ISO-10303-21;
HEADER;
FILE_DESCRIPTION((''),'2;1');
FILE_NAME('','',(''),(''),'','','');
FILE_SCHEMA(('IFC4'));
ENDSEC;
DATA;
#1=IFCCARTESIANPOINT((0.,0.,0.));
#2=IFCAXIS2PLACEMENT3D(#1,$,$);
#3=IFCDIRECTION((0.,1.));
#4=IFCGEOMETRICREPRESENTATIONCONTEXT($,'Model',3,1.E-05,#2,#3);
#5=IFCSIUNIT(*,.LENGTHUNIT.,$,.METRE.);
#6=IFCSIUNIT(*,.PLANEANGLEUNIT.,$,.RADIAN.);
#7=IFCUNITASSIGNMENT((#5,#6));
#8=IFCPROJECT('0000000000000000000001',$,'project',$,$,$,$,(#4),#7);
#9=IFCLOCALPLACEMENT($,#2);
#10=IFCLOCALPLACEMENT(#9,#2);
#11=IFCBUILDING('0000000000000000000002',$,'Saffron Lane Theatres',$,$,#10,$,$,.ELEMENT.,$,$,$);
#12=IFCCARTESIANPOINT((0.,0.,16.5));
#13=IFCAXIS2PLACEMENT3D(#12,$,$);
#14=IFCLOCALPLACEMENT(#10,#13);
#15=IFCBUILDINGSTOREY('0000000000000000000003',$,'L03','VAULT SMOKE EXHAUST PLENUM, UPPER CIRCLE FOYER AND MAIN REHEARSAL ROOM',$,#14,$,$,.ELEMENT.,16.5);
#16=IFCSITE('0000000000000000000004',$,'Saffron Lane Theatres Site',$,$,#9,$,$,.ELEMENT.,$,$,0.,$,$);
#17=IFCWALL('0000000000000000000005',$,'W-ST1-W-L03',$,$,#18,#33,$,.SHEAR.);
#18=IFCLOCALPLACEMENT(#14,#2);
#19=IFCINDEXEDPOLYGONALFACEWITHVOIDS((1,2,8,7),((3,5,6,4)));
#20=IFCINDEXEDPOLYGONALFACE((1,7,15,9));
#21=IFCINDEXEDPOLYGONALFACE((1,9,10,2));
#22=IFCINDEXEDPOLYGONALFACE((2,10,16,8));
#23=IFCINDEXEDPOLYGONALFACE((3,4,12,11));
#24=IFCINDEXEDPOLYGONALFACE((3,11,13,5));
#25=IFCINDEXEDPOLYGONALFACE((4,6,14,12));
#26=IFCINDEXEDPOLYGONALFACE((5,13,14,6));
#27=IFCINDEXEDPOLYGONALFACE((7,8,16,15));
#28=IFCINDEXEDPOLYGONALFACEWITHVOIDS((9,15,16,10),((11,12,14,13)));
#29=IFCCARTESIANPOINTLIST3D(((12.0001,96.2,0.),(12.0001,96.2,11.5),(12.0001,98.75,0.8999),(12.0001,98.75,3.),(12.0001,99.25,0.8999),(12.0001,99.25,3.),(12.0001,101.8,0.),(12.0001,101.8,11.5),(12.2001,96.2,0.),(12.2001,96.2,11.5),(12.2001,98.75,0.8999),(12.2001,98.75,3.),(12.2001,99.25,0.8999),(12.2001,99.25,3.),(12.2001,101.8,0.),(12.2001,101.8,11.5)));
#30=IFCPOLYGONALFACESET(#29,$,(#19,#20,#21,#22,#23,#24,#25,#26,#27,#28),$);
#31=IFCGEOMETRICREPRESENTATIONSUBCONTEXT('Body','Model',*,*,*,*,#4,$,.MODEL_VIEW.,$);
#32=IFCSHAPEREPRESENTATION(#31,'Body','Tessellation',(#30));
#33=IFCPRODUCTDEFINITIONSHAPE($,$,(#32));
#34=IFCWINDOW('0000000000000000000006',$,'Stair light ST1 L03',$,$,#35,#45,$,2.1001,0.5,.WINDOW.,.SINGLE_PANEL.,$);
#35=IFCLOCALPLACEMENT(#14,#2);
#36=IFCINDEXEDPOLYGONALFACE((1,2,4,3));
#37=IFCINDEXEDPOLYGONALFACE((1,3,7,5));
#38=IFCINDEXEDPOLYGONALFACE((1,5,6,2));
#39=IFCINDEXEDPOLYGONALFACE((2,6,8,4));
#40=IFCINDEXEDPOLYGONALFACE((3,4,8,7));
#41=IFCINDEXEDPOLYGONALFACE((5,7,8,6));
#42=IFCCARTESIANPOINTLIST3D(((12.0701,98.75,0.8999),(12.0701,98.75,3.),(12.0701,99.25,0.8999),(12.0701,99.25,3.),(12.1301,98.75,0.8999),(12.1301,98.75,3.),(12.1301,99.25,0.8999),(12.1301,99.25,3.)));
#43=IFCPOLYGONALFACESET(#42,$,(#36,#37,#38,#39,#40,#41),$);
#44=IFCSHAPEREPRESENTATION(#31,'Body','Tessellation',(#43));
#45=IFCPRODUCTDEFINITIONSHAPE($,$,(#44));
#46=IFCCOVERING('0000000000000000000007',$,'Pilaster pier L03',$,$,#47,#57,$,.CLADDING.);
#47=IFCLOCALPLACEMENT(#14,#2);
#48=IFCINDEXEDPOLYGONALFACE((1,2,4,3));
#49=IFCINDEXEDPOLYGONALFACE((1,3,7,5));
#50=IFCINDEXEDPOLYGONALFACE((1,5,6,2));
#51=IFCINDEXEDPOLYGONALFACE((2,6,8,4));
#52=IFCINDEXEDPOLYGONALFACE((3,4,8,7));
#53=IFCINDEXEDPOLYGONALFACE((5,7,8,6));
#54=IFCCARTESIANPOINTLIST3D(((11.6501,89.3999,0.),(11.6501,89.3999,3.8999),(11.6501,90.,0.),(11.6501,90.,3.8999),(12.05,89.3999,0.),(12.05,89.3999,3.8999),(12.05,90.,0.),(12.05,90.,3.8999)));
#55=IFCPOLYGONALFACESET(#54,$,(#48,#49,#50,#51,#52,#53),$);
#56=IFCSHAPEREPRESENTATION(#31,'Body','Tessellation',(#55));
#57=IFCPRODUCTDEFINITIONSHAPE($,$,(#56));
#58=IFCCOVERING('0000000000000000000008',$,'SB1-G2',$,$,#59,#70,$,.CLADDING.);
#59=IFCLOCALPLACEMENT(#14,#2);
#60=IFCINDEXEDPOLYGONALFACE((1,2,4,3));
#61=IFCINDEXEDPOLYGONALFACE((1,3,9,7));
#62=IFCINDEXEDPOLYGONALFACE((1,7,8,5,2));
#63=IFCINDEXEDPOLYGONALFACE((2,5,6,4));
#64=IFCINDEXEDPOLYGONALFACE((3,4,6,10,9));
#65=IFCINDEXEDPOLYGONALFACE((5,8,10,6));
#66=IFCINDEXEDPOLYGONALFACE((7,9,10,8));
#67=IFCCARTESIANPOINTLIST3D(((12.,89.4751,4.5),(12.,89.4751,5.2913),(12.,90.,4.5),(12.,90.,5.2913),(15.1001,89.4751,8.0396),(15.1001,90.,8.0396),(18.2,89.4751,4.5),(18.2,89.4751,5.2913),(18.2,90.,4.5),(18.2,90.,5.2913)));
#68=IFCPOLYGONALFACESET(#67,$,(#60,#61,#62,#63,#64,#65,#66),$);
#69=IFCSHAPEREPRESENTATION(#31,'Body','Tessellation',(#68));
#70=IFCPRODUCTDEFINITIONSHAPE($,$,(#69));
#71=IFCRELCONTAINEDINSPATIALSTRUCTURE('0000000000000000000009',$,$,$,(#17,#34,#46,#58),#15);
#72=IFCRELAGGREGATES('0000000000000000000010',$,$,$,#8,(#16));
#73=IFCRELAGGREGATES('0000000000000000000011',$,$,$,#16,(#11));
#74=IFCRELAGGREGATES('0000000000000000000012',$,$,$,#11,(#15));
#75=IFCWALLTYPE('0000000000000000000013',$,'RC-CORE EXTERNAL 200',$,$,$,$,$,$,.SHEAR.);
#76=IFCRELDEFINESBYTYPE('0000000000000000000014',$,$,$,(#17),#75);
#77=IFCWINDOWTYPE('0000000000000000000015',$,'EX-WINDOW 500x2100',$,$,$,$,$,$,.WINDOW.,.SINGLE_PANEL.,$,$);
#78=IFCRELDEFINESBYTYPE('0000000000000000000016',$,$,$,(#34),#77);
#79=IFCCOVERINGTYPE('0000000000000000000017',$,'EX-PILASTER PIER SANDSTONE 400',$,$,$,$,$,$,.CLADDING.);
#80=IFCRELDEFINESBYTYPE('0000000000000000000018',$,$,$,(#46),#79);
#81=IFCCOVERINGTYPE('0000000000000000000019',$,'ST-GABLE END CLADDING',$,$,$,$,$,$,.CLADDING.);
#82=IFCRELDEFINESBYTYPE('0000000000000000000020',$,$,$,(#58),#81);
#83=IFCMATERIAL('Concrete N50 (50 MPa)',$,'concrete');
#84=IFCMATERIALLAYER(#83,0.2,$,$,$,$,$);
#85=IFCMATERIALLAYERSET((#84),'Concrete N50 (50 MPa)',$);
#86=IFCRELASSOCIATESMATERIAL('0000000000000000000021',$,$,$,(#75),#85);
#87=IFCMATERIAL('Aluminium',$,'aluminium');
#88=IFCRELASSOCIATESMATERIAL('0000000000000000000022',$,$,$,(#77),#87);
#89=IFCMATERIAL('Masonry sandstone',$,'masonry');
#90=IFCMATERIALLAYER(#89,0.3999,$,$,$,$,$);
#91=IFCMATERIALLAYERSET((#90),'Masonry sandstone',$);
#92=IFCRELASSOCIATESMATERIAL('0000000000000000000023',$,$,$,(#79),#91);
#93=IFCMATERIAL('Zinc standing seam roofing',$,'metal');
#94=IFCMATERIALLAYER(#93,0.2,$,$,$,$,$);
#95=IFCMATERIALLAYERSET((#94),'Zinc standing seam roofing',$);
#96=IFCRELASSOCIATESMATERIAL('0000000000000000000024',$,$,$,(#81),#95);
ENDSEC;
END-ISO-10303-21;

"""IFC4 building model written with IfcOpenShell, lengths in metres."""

from ifc_helpers import new_model, si_unit, direction, frame, frame_2d, origin, origin_2d, place, context, subcontext, project, spatial, polyline, rectangle, outline, extrude, material, layer, layer_set, type_object, element, fill, save


model = new_model("IFC4")

# Units and contexts
model_context = context("Model", 3, precision=1e-05, world=origin(), true_north=direction((0.0, 1.0)))
body_context = subcontext(model_context, "Body", "Model", "MODEL_VIEW")
ifc_project = project(units=[si_unit("LENGTHUNIT", "METRE"), si_unit("PLANEANGLEUNIT", "RADIAN")], contexts=[model_context])

# Site, building, storey
site_placement = place(None, origin())
site = spatial("IfcSite", under=ifc_project, at=site_placement, Name="Saffron Lane Theatres Site", CompositionType="ELEMENT", RefElevation=0.0)
building_placement = place(site_placement, origin())
building = spatial("IfcBuilding", under=site, at=building_placement, Name="Saffron Lane Theatres", CompositionType="ELEMENT")
storey_placement = place(building_placement, frame((0.0, 0.0, 16.5)))
storey = spatial("IfcBuildingStorey", under=building, at=storey_placement, Name="L03", Description="VAULT SMOKE EXHAUST PLENUM, UPPER CIRCLE FOYER AND MAIN REHEARSAL ROOM", CompositionType="ELEMENT", Elevation=16.5)

# Wall, opening, window
ifc_material_1 = material(Name="Concrete N50 (50 MPa)", Category="concrete")
ifc_layer_1 = layer(ifc_material_1, 0.2)
ifc_layer_set_1 = layer_set([ifc_layer_1], Name="Concrete N50 (50 MPa)")
wall_type_1 = type_object("IfcWallType", Name="RC-CORE EXTERNAL 200", PredefinedType="SHEAR", material=ifc_layer_set_1)
wall_1_placement = place(storey_placement, frame((12.1001, 96.2, 0.0), z_axis=(0.0, 0.0, 1.0), x_axis=(0.0, 1.0, 0.0)))
wall_1 = element("IfcWall", 1, at=wall_1_placement, inside=storey, type_object=wall_type_1, Name="W-ST1-W-L03", PredefinedType="SHEAR", context=body_context, shape_type="SweptSolid", body=[
    extrude(rectangle(XDim=5.6001, YDim=0.2, at=frame_2d((2.8, 0.0))), origin(), (0.0, 0.0, 1.0), 11.5),
])
opening_1_placement = place(wall_1_placement, frame((2.55, 0.0, 0.8999)))
opening_1 = element("IfcOpeningElement", 2, at=opening_1_placement, cuts=wall_1, PredefinedType="OPENING", context=body_context, shape_type="SweptSolid", body=[
    extrude(rectangle(XDim=0.5, YDim=2.1001, at=frame_2d((0.25, 1.05))), frame((0.0, 0.1099, 0.0), z_axis=(0.0, -1.0, 0.0), x_axis=(1.0, 0.0, 0.0)), (0.0, 0.0, 1.0), 0.22),
])
ifc_material_2 = material(Name="Aluminium", Category="aluminium")
window_type = type_object("IfcWindowType", Name="EX-WINDOW 500x2100", PartitioningType="SINGLE_PANEL", PredefinedType="WINDOW", material=ifc_material_2)
window_placement = place(opening_1_placement, origin())
window = element("IfcWindow", 3, at=window_placement, inside=storey, type_object=window_type, Name="Stair light ST1 L03", OverallHeight=2.1001, OverallWidth=0.5, PartitioningType="SINGLE_PANEL", PredefinedType="WINDOW", context=body_context, shape_type="SweptSolid", body=[
    extrude(rectangle(XDim=0.5, YDim=2.1001, at=frame_2d((0.25, 1.05))), frame((0.0, 0.03, 0.0), z_axis=(0.0, -1.0, 0.0), x_axis=(1.0, 0.0, 0.0)), (0.0, 0.0, 1.0), 0.0601),
])
fill(opening_1, window)

# Coverings
ifc_material_3 = material(Name="Masonry sandstone", Category="masonry")
ifc_layer_2 = layer(ifc_material_3, 0.3999)
ifc_layer_set_2 = layer_set([ifc_layer_2], Name="Masonry sandstone")
covering_type_1 = type_object("IfcCoveringType", Name="EX-PILASTER PIER SANDSTONE 400", PredefinedType="CLADDING", material=ifc_layer_set_2)
covering_1_placement = place(storey_placement, frame((11.8501, 89.7, 0.0), z_axis=(0.0, 0.0, 1.0), x_axis=(0.0, 1.0, 0.0)))
element("IfcCovering", 4, at=covering_1_placement, inside=storey, type_object=covering_type_1, Name="Pilaster pier L03", PredefinedType="CLADDING", context=body_context, shape_type="SweptSolid", body=[
    extrude(rectangle(XDim=0.6001, YDim=0.3999, at=origin_2d()), origin(), (0.0, 0.0, 1.0), 3.8999),
])
ifc_material_4 = material(Name="Zinc standing seam roofing", Category="metal")
ifc_layer_3 = layer(ifc_material_4, 0.2)
ifc_layer_set_3 = layer_set([ifc_layer_3], Name="Zinc standing seam roofing")
covering_type_2 = type_object("IfcCoveringType", Name="ST-GABLE END CLADDING", PredefinedType="CLADDING", material=ifc_layer_set_3)
covering_2_placement = place(storey_placement, frame((12.0, 90.0, 5.2913), z_axis=(0.0, 1.0, 0.0), x_axis=(0.74829, 0.0, 0.663372)))
element("IfcCovering", 5, at=covering_2_placement, inside=storey, type_object=covering_type_2, Name="SB1-G2", PredefinedType="CLADDING", context=body_context, shape_type="SweptSolid", body=[
    extrude(outline(polyline([(0.0, 0.0), (4.1429, 0.0), (4.6394, 4.1129), (4.1145, 4.705), (-0.5249, 0.5921), (0.0, 0.0)])), origin(), (0.0, 0.0, -1.0), 0.5249),
])

save(model, "model.ifc")
